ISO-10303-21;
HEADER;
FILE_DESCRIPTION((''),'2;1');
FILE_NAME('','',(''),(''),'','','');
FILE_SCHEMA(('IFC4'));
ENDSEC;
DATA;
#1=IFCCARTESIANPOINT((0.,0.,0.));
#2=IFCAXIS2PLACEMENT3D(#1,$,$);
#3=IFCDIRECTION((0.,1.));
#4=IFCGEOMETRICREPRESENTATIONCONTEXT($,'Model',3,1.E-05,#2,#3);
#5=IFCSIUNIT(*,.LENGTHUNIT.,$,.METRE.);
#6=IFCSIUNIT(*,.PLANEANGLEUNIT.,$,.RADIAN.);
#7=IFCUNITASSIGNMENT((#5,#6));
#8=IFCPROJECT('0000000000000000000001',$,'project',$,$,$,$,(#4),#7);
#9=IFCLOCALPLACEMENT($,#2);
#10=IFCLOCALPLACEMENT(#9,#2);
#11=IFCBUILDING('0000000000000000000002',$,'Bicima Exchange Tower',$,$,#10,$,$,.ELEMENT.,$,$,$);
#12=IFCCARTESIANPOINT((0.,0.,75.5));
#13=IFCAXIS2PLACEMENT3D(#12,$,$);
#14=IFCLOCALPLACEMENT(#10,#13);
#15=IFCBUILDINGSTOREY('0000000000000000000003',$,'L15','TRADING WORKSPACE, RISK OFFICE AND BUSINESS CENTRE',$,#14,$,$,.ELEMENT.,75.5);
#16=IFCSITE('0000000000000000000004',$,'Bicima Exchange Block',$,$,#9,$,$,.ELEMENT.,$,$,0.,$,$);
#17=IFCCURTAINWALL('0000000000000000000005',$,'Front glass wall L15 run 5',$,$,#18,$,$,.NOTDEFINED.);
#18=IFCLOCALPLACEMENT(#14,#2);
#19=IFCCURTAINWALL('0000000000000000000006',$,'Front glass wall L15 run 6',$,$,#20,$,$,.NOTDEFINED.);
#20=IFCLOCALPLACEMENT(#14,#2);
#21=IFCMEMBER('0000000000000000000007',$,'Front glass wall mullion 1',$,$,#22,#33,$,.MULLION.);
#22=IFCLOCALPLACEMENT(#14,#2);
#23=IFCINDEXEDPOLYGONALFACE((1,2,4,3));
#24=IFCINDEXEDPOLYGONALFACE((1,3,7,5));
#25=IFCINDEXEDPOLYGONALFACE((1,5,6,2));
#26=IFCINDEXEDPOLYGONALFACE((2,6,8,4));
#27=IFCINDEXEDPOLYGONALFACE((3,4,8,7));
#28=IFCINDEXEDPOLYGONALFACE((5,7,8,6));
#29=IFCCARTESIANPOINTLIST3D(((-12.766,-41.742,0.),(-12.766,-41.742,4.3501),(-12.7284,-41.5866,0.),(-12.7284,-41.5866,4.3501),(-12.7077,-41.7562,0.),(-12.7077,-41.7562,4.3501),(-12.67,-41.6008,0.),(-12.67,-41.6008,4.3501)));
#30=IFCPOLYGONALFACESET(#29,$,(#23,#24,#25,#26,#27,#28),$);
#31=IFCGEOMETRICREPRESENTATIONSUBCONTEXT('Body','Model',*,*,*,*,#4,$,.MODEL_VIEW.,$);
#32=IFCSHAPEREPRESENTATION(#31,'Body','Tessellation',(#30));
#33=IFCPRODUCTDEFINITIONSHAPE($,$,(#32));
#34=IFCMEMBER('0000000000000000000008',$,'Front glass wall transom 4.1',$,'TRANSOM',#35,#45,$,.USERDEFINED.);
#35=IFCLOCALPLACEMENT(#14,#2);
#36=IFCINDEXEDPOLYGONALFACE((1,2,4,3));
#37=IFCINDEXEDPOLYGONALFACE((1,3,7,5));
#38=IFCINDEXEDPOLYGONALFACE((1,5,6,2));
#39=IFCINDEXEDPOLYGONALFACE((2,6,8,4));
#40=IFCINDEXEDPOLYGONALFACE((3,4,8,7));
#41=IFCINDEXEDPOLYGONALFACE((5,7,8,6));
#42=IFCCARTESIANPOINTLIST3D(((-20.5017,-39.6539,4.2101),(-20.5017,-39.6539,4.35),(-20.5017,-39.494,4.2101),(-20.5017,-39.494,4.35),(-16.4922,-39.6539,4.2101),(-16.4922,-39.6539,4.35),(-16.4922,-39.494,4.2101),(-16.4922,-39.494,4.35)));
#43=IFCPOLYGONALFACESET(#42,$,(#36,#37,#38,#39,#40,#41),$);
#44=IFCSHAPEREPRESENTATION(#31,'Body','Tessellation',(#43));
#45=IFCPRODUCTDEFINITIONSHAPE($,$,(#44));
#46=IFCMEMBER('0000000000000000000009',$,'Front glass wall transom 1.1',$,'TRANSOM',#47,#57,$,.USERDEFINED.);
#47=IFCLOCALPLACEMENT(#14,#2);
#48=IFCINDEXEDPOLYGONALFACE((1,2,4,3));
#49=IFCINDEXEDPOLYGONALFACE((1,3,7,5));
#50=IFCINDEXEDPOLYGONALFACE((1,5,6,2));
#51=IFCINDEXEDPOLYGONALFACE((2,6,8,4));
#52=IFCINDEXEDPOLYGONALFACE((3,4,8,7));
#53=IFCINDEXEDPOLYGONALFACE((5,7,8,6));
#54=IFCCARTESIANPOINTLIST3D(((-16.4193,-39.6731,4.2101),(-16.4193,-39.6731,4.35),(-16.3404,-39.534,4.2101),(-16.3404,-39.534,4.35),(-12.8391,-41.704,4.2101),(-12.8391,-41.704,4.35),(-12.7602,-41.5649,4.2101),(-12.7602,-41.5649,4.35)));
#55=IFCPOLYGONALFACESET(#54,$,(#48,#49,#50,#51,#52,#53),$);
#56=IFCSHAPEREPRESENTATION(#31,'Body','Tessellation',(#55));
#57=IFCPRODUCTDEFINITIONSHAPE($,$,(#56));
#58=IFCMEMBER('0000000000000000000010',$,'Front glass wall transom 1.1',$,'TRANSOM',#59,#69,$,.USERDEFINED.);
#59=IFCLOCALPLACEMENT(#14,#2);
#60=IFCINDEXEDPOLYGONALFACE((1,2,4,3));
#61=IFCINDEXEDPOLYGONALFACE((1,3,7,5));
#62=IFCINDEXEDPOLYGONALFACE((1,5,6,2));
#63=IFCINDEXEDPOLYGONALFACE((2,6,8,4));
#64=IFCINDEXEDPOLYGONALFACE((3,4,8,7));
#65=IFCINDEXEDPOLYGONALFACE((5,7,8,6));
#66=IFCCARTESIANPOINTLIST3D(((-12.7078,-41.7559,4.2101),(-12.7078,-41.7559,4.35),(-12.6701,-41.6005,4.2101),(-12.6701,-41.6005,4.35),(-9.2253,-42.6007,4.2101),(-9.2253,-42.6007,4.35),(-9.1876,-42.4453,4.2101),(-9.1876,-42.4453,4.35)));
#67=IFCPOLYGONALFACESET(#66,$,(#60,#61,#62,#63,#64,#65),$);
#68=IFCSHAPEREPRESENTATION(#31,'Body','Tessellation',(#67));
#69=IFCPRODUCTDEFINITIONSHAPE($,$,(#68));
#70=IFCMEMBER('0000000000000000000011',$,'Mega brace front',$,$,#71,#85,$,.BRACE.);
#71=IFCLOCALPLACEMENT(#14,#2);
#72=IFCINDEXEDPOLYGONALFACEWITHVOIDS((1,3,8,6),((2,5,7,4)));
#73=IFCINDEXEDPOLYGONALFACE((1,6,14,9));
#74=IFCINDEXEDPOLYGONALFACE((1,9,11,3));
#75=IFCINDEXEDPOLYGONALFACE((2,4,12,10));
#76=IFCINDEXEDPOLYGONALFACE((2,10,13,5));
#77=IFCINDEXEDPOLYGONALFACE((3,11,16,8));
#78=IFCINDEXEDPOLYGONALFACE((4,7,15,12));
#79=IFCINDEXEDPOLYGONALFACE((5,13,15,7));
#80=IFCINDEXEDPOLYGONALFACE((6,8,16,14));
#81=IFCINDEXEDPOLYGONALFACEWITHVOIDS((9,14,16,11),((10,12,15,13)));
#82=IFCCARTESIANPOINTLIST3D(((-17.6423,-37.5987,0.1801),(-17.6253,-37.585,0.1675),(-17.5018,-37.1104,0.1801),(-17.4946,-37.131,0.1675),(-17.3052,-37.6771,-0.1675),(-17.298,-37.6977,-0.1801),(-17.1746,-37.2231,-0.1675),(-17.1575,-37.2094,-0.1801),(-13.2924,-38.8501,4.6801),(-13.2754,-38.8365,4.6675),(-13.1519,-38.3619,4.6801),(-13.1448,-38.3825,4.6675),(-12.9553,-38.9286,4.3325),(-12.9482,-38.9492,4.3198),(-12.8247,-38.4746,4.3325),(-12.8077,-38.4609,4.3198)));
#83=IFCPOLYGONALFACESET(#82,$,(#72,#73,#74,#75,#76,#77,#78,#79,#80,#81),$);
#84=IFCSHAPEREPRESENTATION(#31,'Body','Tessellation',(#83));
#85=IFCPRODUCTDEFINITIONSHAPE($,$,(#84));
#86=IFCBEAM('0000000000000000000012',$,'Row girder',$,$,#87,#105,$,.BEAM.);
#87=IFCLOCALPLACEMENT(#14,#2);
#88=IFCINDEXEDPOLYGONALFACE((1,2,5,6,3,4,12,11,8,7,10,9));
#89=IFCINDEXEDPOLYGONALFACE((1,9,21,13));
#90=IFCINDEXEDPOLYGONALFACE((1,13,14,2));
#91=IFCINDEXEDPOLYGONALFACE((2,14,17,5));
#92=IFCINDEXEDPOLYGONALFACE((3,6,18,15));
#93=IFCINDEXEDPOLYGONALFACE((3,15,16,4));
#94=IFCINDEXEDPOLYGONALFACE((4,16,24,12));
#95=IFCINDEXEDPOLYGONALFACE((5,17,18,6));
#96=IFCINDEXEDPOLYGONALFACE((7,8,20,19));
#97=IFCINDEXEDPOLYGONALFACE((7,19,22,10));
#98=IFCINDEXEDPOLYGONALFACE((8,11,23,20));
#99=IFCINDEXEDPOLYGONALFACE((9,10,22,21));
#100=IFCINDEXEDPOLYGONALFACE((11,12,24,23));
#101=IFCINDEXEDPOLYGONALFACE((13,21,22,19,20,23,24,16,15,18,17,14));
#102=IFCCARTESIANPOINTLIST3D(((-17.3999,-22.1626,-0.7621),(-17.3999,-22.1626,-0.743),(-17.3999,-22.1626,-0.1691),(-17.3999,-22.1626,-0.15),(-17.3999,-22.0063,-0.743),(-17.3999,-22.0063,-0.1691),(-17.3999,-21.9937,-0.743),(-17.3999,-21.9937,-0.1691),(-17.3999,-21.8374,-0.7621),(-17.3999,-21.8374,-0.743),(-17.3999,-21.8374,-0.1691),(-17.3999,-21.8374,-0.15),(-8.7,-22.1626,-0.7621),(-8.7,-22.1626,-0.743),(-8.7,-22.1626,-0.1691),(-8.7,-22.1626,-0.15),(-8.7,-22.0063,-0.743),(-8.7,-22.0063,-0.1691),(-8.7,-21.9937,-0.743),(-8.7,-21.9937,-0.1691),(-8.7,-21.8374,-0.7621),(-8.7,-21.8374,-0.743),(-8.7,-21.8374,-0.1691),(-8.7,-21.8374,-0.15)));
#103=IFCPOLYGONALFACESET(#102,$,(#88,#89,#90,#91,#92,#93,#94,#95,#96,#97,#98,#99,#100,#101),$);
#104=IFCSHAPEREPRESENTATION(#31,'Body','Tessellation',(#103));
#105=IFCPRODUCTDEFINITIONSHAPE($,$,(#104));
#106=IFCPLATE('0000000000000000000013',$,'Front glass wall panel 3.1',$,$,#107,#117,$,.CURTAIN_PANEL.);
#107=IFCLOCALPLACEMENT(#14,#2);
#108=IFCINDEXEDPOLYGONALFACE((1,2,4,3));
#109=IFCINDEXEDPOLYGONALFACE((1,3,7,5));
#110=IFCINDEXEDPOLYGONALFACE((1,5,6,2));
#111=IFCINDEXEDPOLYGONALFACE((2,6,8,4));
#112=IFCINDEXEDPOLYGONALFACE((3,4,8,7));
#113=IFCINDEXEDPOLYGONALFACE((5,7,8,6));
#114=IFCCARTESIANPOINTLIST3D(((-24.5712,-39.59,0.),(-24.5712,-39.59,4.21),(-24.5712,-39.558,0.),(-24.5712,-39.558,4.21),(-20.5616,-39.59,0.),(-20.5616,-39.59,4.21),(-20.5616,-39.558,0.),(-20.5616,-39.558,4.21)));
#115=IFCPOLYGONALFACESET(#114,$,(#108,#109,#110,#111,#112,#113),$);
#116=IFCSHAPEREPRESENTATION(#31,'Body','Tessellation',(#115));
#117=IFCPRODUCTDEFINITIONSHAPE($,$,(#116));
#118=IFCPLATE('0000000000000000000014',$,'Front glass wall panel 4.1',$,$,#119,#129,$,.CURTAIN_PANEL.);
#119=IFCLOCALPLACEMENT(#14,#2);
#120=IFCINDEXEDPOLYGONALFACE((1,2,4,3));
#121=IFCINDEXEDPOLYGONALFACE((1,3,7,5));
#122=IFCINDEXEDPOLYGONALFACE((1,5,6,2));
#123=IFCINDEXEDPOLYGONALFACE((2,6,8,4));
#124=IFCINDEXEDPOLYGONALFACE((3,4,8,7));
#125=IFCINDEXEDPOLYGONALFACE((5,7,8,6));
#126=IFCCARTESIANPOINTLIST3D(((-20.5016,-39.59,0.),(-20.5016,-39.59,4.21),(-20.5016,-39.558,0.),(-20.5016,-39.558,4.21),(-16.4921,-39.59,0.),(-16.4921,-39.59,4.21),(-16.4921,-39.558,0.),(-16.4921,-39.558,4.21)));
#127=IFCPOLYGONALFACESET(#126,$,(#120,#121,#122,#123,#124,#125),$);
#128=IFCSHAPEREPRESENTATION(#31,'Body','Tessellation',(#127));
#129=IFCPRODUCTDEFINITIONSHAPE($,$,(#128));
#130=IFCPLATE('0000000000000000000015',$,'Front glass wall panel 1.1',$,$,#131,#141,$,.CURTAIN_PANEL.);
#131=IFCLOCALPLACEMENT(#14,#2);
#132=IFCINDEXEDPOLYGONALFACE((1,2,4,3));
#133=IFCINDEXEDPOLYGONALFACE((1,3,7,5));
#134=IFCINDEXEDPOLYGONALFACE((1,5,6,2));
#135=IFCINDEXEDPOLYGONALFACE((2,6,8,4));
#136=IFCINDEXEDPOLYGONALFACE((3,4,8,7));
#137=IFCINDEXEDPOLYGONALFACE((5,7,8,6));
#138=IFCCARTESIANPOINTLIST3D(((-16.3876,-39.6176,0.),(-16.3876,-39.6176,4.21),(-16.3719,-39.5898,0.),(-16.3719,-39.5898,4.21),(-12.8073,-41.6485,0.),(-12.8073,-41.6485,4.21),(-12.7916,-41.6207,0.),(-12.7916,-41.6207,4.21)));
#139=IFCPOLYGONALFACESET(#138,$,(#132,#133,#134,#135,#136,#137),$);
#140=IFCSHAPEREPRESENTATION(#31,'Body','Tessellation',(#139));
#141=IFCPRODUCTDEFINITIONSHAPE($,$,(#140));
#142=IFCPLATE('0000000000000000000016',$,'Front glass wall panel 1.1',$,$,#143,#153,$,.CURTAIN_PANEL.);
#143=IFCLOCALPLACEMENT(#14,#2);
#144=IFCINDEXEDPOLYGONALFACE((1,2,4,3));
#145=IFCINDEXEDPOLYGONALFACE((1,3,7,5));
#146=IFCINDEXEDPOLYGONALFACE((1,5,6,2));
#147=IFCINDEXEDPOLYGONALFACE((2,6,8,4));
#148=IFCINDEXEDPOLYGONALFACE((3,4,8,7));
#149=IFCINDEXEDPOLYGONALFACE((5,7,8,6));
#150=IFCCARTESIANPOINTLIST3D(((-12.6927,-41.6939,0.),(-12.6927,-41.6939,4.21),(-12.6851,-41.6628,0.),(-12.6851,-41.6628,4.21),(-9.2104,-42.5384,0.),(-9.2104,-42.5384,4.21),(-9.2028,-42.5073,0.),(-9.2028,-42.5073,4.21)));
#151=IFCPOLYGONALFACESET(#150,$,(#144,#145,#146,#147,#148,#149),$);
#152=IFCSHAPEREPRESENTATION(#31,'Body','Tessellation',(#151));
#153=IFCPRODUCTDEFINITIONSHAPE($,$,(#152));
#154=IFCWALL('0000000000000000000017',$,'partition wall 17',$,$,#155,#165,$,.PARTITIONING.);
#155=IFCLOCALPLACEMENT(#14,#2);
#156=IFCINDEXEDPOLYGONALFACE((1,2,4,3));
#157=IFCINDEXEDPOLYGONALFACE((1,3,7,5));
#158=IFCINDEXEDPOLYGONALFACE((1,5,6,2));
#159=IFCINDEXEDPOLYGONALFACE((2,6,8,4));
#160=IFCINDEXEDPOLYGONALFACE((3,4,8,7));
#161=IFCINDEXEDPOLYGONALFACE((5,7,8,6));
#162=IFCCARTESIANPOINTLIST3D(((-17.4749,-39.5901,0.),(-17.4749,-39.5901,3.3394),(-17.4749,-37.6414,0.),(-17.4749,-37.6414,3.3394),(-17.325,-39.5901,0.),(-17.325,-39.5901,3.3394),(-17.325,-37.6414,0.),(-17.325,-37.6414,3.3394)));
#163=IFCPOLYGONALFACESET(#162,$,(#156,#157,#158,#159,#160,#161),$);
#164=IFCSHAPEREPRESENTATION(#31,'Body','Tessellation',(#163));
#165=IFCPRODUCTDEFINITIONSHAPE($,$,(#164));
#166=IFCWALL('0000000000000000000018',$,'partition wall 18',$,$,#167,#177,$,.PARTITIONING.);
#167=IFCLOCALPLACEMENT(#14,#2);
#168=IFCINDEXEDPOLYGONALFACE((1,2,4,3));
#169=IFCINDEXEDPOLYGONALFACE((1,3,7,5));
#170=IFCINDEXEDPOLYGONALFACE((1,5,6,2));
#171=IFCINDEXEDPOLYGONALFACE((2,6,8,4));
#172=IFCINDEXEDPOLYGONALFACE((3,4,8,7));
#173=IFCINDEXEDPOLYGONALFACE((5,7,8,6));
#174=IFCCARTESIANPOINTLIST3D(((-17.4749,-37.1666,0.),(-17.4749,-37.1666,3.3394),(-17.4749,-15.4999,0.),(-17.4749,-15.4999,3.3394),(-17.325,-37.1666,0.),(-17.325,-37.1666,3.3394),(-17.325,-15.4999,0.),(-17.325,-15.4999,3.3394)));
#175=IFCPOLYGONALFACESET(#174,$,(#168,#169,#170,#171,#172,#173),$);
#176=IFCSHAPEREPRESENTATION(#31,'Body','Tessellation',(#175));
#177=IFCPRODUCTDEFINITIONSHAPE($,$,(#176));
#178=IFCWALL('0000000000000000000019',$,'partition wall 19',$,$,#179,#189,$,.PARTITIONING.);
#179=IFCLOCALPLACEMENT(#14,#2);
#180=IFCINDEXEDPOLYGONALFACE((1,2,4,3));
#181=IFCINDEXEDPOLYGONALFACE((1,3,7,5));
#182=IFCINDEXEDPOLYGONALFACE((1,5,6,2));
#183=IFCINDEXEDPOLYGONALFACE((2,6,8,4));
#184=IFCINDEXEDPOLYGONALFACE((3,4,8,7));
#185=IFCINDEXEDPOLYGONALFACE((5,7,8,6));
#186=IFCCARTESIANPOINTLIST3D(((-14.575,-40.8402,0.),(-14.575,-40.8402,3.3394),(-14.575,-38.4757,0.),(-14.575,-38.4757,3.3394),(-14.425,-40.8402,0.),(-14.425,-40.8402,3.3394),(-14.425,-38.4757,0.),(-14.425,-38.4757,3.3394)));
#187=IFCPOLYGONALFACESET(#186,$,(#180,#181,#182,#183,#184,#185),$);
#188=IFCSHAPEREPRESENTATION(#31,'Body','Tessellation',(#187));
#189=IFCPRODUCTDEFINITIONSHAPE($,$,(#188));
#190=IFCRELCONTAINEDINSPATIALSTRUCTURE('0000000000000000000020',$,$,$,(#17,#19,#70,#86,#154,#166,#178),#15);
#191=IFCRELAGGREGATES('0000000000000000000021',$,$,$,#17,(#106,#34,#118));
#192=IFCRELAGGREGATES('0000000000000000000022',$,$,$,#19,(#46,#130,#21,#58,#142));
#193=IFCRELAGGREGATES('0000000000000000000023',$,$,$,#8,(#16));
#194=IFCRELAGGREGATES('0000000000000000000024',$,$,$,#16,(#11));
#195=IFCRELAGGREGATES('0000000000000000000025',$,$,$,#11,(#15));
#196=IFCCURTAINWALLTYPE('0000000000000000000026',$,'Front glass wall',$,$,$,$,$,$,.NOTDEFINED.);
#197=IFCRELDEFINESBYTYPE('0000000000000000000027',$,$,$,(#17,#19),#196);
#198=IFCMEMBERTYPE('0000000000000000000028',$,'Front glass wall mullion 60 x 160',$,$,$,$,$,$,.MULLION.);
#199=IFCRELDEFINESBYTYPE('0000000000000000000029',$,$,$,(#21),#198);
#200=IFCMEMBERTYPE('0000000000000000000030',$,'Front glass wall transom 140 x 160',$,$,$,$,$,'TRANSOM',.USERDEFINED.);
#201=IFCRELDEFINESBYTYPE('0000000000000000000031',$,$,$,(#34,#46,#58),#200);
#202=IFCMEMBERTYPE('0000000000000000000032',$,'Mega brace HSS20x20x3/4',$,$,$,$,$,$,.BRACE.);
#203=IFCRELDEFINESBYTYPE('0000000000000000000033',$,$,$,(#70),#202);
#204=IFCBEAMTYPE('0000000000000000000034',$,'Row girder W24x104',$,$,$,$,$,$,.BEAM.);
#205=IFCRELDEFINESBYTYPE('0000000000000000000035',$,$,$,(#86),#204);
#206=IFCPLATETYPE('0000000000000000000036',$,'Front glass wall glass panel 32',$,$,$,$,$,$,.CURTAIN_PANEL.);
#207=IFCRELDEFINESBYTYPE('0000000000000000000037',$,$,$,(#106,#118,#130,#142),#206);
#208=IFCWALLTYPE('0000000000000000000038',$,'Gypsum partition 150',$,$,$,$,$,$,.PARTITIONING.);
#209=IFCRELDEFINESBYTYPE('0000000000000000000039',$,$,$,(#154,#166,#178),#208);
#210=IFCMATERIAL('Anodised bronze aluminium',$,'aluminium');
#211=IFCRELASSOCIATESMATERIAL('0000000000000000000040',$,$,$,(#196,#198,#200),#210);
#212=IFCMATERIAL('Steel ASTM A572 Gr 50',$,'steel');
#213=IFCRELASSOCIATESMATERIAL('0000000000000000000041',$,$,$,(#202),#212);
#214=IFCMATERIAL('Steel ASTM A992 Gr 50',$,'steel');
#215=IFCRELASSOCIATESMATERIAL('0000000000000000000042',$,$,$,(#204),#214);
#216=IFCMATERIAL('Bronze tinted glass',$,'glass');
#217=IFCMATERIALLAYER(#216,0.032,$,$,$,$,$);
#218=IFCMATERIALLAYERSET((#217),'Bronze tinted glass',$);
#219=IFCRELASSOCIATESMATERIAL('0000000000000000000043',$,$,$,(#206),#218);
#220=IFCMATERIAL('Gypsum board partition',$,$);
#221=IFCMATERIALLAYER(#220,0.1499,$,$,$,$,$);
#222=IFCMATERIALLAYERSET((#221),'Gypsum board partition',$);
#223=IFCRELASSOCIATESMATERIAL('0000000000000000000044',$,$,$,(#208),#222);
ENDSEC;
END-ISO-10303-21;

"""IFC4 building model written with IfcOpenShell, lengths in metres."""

from ifc_helpers import new_model, si_unit, direction, frame, frame_2d, origin, origin_2d, place, context, subcontext, project, spatial, rectangle, hollow_rectangle, i_section, extrude, material, layer, layer_set, material_profile, profile_set, type_object, element, aggregate, save


model = new_model("IFC4")

# Units and contexts
model_context = context("Model", 3, precision=1e-05, world=origin(), true_north=direction((0.0, 1.0)))
body_context = subcontext(model_context, "Body", "Model", "MODEL_VIEW")
ifc_project = project(units=[si_unit("LENGTHUNIT", "METRE"), si_unit("PLANEANGLEUNIT", "RADIAN")], contexts=[model_context])

# Site, building, storey
site_placement = place(None, origin())
site = spatial("IfcSite", under=ifc_project, at=site_placement, Name="Bicima Exchange Block", CompositionType="ELEMENT", RefElevation=0.0)
building_placement = place(site_placement, origin())
building = spatial("IfcBuilding", under=site, at=building_placement, Name="Bicima Exchange Tower", CompositionType="ELEMENT")
storey_placement = place(building_placement, frame((0.0, 0.0, 75.5)))
storey = spatial("IfcBuildingStorey", under=building, at=storey_placement, Name="L15", Description="TRADING WORKSPACE, RISK OFFICE AND BUSINESS CENTRE", CompositionType="ELEMENT", Elevation=75.5)

# Shared definitions
ifc_material_1 = material(Name="Steel ASTM A992 Gr 50", Category="steel")

# Curtain walls, member
ifc_material_2 = material(Name="Anodised bronze aluminium", Category="aluminium")
curtain_wall_type = type_object("IfcCurtainWallType", Name="Front glass wall", PredefinedType="NOTDEFINED", material=ifc_material_2)
curtain_wall_1_placement = place(storey_placement, origin())
curtain_wall_1 = element("IfcCurtainWall", 1, at=curtain_wall_1_placement, inside=storey, type_object=curtain_wall_type, Name="Front glass wall L15 run 5", PredefinedType="NOTDEFINED")
ifc_material_profile_1 = material_profile(ifc_material_2, rectangle(XDim=0.1599, YDim=0.0601, at=origin_2d()))
ifc_profile_set_1 = profile_set([ifc_material_profile_1], Name="Anodised bronze aluminium")
member_type_1 = type_object("IfcMemberType", Name="Front glass wall mullion 60 x 160", PredefinedType="MULLION", material=ifc_profile_set_1)
curtain_wall_2_placement = place(storey_placement, origin())
curtain_wall_2 = element("IfcCurtainWall", 2, at=curtain_wall_2_placement, inside=storey, type_object=curtain_wall_type, Name="Front glass wall L15 run 6", PredefinedType="NOTDEFINED")
member_1_placement = place(storey_placement, frame((-12.718, -41.6714, 0.0), z_axis=(0.0, 0.0, 1.0), x_axis=(0.235682, 0.97183, 0.0)))
member_1 = element("IfcMember", 3, at=member_1_placement, type_object=member_type_1, Name="Front glass wall mullion 1", PredefinedType="MULLION", context=body_context, shape_type="SweptSolid", body=[
    extrude(rectangle(XDim=0.1599, YDim=0.0601, at=origin_2d()), origin(), (0.0, 0.0, 1.0), 4.3501),
])

# Members
ifc_material_profile_2 = material_profile(ifc_material_2, rectangle(XDim=0.1599, YDim=0.1399, at=origin_2d()))
ifc_profile_set_2 = profile_set([ifc_material_profile_2], Name="Anodised bronze aluminium")
member_type_2 = type_object("IfcMemberType", Name="Front glass wall transom 140 x 160", ElementType="TRANSOM", PredefinedType="USERDEFINED", material=ifc_profile_set_2)
member_2_placement = place(storey_placement, frame((-20.5017, -39.574, 4.28), z_axis=(1.0, 0.0, 0.0), x_axis=(0.0, 1.0, 0.0)))
member_2 = element("IfcMember", 4, at=member_2_placement, type_object=member_type_2, Name="Front glass wall transom 4.1", ObjectType="TRANSOM", PredefinedType="USERDEFINED", context=body_context, shape_type="SweptSolid", body=[
    extrude(rectangle(XDim=0.1599, YDim=0.1399, at=origin_2d()), origin(), (0.0, 0.0, 1.0), 4.0095),
])
member_3_placement = place(storey_placement, frame((-16.3799, -39.6035, 4.28), z_axis=(0.869797, -0.493409, 0.0), x_axis=(0.493409, 0.869797, 0.0)))
member_3 = element("IfcMember", 5, at=member_3_placement, type_object=member_type_2, Name="Front glass wall transom 1.1", ObjectType="TRANSOM", PredefinedType="USERDEFINED", context=body_context, shape_type="SweptSolid", body=[
    extrude(rectangle(XDim=0.1599, YDim=0.1399, at=origin_2d()), origin(), (0.0, 0.0, 1.0), 4.1162),
])
member_4_placement = place(storey_placement, frame((-12.689, -41.6782, 4.28), z_axis=(0.971818, -0.235733, 0.0), x_axis=(0.235733, 0.971818, 0.0)))
member_4 = element("IfcMember", 6, at=member_4_placement, type_object=member_type_2, Name="Front glass wall transom 1.1", ObjectType="TRANSOM", PredefinedType="USERDEFINED", context=body_context, shape_type="SweptSolid", body=[
    extrude(rectangle(XDim=0.1599, YDim=0.1399, at=origin_2d()), origin(), (0.0, 0.0, 1.0), 3.5835),
])
ifc_material_3 = material(Name="Steel ASTM A572 Gr 50", Category="steel")
ifc_material_profile_3 = material_profile(ifc_material_3, hollow_rectangle(XDim=0.5081, YDim=0.5081, WallThickness=0.0178, at=origin_2d()))
ifc_profile_set_3 = profile_set([ifc_material_profile_3], Name="Steel ASTM A572 Gr 50")
member_type_3 = type_object("IfcMemberType", Name="Mega brace HSS20x20x3/4", PredefinedType="BRACE", material=ifc_profile_set_3)
member_5_placement = place(storey_placement, frame((-17.3999, -37.4041, 0.0), z_axis=(0.681519, -0.196075, 0.705044), x_axis=(0.276487, 0.961018, 0.0)))
element("IfcMember", 7, at=member_5_placement, inside=storey, type_object=member_type_3, Name="Mega brace front", PredefinedType="BRACE", context=body_context, shape_type="SweptSolid", body=[
    extrude(hollow_rectangle(XDim=0.5081, YDim=0.5081, WallThickness=0.0178, at=origin_2d()), origin(), (0.0, 0.0, 1.0), 6.3826),
])

# Beam
ifc_material_profile_4 = material_profile(ifc_material_1, i_section(OverallWidth=0.3252, OverallDepth=0.6121, WebThickness=0.0127, FlangeThickness=0.019, at=origin_2d()))
ifc_profile_set_4 = profile_set([ifc_material_profile_4], Name="Steel ASTM A992 Gr 50")
beam_type_1 = type_object("IfcBeamType", Name="Row girder W24x104", PredefinedType="BEAM", material=ifc_profile_set_4)
beam_1_placement = place(storey_placement, frame((-17.3999, -22.0, -0.4561), z_axis=(1.0, 0.0, 0.0), x_axis=(0.0, 1.0, 0.0)))
element("IfcBeam", 8, at=beam_1_placement, inside=storey, type_object=beam_type_1, Name="Row girder", PredefinedType="BEAM", context=body_context, shape_type="SweptSolid", body=[
    extrude(i_section(OverallWidth=0.3252, OverallDepth=0.6121, WebThickness=0.0127, FlangeThickness=0.019, at=origin_2d()), origin(), (0.0, 0.0, 1.0), 8.7),
])

# Plates
ifc_material_4 = material(Name="Bronze tinted glass", Category="glass")
ifc_layer_1 = layer(ifc_material_4, 0.032)
ifc_layer_set_1 = layer_set([ifc_layer_1], Name="Bronze tinted glass")
plate_type = type_object("IfcPlateType", Name="Front glass wall glass panel 32", PredefinedType="CURTAIN_PANEL", material=ifc_layer_set_1)
plate_1_placement = place(storey_placement, frame((-22.5664, -39.574, 0.0), z_axis=(0.0, 0.0, 1.0), x_axis=(1.0, 0.0, 0.0)))
plate_1 = element("IfcPlate", 9, at=plate_1_placement, type_object=plate_type, Name="Front glass wall panel 3.1", PredefinedType="CURTAIN_PANEL", context=body_context, shape_type="SweptSolid", body=[
    extrude(rectangle(XDim=4.0095, YDim=0.032, at=origin_2d()), origin(), (0.0, 0.0, 1.0), 4.21),
])
plate_2_placement = place(storey_placement, frame((-18.4968, -39.574, 0.0), z_axis=(0.0, 0.0, 1.0), x_axis=(1.0, 0.0, 0.0)))
plate_2 = element("IfcPlate", 10, at=plate_2_placement, type_object=plate_type, Name="Front glass wall panel 4.1", PredefinedType="CURTAIN_PANEL", context=body_context, shape_type="SweptSolid", body=[
    extrude(rectangle(XDim=4.0095, YDim=0.032, at=origin_2d()), origin(), (0.0, 0.0, 1.0), 4.21),
])
aggregate(curtain_wall_1, [plate_1, member_2, plate_2])
plate_3_placement = place(storey_placement, frame((-14.5896, -40.6191, 0.0), z_axis=(0.0, 0.0, 1.0), x_axis=(0.869805, -0.493395, 0.0)))
plate_3 = element("IfcPlate", 11, at=plate_3_placement, type_object=plate_type, Name="Front glass wall panel 1.1", PredefinedType="CURTAIN_PANEL", context=body_context, shape_type="SweptSolid", body=[
    extrude(rectangle(XDim=4.1162, YDim=0.032, at=origin_2d()), origin(), (0.0, 0.0, 1.0), 4.21),
])
plate_4_placement = place(storey_placement, frame((-10.9478, -42.1006, 0.0), z_axis=(0.0, 0.0, 1.0), x_axis=(0.97183, -0.235682, 0.0)))
plate_4 = element("IfcPlate", 12, at=plate_4_placement, type_object=plate_type, Name="Front glass wall panel 1.1", PredefinedType="CURTAIN_PANEL", context=body_context, shape_type="SweptSolid", body=[
    extrude(rectangle(XDim=3.5833, YDim=0.032, at=origin_2d()), origin(), (0.0, 0.0, 1.0), 4.21),
])
aggregate(curtain_wall_2, [member_3, plate_3, member_1, member_4, plate_4])

# Walls
ifc_material_5 = material(Name="Gypsum board partition")
ifc_layer_2 = layer(ifc_material_5, 0.1499)
ifc_layer_set_2 = layer_set([ifc_layer_2], Name="Gypsum board partition")
wall_type = type_object("IfcWallType", Name="Gypsum partition 150", PredefinedType="PARTITIONING", material=ifc_layer_set_2)
wall_1_placement = place(storey_placement, frame((-17.3999, -39.5901, 0.0), z_axis=(0.0, 0.0, 1.0), x_axis=(0.0, 1.0, 0.0)))
element("IfcWall", 13, at=wall_1_placement, inside=storey, type_object=wall_type, Name="partition wall 17", PredefinedType="PARTITIONING", context=body_context, shape_type="SweptSolid", body=[
    extrude(rectangle(XDim=1.9487, YDim=0.1499, at=frame_2d((0.9744, 0.0))), origin(), (0.0, 0.0, 1.0), 3.3394),
])
wall_2_placement = place(storey_placement, frame((-17.3999, -37.1667, 0.0), z_axis=(0.0, 0.0, 1.0), x_axis=(0.0, 1.0, 0.0)))
element("IfcWall", 14, at=wall_2_placement, inside=storey, type_object=wall_type, Name="partition wall 18", PredefinedType="PARTITIONING", context=body_context, shape_type="SweptSolid", body=[
    extrude(rectangle(XDim=21.6667, YDim=0.1499, at=frame_2d((10.8335, 0.0))), origin(), (0.0, 0.0, 1.0), 3.3394),
])
wall_3_placement = place(storey_placement, frame((-14.5, -40.8401, 0.0), z_axis=(0.0, 0.0, 1.0), x_axis=(0.0, 1.0, 0.0)))
element("IfcWall", 15, at=wall_3_placement, inside=storey, type_object=wall_type, Name="partition wall 19", PredefinedType="PARTITIONING", context=body_context, shape_type="SweptSolid", body=[
    extrude(rectangle(XDim=2.3645, YDim=0.1499, at=frame_2d((1.1821, 0.0))), origin(), (0.0, 0.0, 1.0), 3.3394),
])

save(model, "model.ifc")
